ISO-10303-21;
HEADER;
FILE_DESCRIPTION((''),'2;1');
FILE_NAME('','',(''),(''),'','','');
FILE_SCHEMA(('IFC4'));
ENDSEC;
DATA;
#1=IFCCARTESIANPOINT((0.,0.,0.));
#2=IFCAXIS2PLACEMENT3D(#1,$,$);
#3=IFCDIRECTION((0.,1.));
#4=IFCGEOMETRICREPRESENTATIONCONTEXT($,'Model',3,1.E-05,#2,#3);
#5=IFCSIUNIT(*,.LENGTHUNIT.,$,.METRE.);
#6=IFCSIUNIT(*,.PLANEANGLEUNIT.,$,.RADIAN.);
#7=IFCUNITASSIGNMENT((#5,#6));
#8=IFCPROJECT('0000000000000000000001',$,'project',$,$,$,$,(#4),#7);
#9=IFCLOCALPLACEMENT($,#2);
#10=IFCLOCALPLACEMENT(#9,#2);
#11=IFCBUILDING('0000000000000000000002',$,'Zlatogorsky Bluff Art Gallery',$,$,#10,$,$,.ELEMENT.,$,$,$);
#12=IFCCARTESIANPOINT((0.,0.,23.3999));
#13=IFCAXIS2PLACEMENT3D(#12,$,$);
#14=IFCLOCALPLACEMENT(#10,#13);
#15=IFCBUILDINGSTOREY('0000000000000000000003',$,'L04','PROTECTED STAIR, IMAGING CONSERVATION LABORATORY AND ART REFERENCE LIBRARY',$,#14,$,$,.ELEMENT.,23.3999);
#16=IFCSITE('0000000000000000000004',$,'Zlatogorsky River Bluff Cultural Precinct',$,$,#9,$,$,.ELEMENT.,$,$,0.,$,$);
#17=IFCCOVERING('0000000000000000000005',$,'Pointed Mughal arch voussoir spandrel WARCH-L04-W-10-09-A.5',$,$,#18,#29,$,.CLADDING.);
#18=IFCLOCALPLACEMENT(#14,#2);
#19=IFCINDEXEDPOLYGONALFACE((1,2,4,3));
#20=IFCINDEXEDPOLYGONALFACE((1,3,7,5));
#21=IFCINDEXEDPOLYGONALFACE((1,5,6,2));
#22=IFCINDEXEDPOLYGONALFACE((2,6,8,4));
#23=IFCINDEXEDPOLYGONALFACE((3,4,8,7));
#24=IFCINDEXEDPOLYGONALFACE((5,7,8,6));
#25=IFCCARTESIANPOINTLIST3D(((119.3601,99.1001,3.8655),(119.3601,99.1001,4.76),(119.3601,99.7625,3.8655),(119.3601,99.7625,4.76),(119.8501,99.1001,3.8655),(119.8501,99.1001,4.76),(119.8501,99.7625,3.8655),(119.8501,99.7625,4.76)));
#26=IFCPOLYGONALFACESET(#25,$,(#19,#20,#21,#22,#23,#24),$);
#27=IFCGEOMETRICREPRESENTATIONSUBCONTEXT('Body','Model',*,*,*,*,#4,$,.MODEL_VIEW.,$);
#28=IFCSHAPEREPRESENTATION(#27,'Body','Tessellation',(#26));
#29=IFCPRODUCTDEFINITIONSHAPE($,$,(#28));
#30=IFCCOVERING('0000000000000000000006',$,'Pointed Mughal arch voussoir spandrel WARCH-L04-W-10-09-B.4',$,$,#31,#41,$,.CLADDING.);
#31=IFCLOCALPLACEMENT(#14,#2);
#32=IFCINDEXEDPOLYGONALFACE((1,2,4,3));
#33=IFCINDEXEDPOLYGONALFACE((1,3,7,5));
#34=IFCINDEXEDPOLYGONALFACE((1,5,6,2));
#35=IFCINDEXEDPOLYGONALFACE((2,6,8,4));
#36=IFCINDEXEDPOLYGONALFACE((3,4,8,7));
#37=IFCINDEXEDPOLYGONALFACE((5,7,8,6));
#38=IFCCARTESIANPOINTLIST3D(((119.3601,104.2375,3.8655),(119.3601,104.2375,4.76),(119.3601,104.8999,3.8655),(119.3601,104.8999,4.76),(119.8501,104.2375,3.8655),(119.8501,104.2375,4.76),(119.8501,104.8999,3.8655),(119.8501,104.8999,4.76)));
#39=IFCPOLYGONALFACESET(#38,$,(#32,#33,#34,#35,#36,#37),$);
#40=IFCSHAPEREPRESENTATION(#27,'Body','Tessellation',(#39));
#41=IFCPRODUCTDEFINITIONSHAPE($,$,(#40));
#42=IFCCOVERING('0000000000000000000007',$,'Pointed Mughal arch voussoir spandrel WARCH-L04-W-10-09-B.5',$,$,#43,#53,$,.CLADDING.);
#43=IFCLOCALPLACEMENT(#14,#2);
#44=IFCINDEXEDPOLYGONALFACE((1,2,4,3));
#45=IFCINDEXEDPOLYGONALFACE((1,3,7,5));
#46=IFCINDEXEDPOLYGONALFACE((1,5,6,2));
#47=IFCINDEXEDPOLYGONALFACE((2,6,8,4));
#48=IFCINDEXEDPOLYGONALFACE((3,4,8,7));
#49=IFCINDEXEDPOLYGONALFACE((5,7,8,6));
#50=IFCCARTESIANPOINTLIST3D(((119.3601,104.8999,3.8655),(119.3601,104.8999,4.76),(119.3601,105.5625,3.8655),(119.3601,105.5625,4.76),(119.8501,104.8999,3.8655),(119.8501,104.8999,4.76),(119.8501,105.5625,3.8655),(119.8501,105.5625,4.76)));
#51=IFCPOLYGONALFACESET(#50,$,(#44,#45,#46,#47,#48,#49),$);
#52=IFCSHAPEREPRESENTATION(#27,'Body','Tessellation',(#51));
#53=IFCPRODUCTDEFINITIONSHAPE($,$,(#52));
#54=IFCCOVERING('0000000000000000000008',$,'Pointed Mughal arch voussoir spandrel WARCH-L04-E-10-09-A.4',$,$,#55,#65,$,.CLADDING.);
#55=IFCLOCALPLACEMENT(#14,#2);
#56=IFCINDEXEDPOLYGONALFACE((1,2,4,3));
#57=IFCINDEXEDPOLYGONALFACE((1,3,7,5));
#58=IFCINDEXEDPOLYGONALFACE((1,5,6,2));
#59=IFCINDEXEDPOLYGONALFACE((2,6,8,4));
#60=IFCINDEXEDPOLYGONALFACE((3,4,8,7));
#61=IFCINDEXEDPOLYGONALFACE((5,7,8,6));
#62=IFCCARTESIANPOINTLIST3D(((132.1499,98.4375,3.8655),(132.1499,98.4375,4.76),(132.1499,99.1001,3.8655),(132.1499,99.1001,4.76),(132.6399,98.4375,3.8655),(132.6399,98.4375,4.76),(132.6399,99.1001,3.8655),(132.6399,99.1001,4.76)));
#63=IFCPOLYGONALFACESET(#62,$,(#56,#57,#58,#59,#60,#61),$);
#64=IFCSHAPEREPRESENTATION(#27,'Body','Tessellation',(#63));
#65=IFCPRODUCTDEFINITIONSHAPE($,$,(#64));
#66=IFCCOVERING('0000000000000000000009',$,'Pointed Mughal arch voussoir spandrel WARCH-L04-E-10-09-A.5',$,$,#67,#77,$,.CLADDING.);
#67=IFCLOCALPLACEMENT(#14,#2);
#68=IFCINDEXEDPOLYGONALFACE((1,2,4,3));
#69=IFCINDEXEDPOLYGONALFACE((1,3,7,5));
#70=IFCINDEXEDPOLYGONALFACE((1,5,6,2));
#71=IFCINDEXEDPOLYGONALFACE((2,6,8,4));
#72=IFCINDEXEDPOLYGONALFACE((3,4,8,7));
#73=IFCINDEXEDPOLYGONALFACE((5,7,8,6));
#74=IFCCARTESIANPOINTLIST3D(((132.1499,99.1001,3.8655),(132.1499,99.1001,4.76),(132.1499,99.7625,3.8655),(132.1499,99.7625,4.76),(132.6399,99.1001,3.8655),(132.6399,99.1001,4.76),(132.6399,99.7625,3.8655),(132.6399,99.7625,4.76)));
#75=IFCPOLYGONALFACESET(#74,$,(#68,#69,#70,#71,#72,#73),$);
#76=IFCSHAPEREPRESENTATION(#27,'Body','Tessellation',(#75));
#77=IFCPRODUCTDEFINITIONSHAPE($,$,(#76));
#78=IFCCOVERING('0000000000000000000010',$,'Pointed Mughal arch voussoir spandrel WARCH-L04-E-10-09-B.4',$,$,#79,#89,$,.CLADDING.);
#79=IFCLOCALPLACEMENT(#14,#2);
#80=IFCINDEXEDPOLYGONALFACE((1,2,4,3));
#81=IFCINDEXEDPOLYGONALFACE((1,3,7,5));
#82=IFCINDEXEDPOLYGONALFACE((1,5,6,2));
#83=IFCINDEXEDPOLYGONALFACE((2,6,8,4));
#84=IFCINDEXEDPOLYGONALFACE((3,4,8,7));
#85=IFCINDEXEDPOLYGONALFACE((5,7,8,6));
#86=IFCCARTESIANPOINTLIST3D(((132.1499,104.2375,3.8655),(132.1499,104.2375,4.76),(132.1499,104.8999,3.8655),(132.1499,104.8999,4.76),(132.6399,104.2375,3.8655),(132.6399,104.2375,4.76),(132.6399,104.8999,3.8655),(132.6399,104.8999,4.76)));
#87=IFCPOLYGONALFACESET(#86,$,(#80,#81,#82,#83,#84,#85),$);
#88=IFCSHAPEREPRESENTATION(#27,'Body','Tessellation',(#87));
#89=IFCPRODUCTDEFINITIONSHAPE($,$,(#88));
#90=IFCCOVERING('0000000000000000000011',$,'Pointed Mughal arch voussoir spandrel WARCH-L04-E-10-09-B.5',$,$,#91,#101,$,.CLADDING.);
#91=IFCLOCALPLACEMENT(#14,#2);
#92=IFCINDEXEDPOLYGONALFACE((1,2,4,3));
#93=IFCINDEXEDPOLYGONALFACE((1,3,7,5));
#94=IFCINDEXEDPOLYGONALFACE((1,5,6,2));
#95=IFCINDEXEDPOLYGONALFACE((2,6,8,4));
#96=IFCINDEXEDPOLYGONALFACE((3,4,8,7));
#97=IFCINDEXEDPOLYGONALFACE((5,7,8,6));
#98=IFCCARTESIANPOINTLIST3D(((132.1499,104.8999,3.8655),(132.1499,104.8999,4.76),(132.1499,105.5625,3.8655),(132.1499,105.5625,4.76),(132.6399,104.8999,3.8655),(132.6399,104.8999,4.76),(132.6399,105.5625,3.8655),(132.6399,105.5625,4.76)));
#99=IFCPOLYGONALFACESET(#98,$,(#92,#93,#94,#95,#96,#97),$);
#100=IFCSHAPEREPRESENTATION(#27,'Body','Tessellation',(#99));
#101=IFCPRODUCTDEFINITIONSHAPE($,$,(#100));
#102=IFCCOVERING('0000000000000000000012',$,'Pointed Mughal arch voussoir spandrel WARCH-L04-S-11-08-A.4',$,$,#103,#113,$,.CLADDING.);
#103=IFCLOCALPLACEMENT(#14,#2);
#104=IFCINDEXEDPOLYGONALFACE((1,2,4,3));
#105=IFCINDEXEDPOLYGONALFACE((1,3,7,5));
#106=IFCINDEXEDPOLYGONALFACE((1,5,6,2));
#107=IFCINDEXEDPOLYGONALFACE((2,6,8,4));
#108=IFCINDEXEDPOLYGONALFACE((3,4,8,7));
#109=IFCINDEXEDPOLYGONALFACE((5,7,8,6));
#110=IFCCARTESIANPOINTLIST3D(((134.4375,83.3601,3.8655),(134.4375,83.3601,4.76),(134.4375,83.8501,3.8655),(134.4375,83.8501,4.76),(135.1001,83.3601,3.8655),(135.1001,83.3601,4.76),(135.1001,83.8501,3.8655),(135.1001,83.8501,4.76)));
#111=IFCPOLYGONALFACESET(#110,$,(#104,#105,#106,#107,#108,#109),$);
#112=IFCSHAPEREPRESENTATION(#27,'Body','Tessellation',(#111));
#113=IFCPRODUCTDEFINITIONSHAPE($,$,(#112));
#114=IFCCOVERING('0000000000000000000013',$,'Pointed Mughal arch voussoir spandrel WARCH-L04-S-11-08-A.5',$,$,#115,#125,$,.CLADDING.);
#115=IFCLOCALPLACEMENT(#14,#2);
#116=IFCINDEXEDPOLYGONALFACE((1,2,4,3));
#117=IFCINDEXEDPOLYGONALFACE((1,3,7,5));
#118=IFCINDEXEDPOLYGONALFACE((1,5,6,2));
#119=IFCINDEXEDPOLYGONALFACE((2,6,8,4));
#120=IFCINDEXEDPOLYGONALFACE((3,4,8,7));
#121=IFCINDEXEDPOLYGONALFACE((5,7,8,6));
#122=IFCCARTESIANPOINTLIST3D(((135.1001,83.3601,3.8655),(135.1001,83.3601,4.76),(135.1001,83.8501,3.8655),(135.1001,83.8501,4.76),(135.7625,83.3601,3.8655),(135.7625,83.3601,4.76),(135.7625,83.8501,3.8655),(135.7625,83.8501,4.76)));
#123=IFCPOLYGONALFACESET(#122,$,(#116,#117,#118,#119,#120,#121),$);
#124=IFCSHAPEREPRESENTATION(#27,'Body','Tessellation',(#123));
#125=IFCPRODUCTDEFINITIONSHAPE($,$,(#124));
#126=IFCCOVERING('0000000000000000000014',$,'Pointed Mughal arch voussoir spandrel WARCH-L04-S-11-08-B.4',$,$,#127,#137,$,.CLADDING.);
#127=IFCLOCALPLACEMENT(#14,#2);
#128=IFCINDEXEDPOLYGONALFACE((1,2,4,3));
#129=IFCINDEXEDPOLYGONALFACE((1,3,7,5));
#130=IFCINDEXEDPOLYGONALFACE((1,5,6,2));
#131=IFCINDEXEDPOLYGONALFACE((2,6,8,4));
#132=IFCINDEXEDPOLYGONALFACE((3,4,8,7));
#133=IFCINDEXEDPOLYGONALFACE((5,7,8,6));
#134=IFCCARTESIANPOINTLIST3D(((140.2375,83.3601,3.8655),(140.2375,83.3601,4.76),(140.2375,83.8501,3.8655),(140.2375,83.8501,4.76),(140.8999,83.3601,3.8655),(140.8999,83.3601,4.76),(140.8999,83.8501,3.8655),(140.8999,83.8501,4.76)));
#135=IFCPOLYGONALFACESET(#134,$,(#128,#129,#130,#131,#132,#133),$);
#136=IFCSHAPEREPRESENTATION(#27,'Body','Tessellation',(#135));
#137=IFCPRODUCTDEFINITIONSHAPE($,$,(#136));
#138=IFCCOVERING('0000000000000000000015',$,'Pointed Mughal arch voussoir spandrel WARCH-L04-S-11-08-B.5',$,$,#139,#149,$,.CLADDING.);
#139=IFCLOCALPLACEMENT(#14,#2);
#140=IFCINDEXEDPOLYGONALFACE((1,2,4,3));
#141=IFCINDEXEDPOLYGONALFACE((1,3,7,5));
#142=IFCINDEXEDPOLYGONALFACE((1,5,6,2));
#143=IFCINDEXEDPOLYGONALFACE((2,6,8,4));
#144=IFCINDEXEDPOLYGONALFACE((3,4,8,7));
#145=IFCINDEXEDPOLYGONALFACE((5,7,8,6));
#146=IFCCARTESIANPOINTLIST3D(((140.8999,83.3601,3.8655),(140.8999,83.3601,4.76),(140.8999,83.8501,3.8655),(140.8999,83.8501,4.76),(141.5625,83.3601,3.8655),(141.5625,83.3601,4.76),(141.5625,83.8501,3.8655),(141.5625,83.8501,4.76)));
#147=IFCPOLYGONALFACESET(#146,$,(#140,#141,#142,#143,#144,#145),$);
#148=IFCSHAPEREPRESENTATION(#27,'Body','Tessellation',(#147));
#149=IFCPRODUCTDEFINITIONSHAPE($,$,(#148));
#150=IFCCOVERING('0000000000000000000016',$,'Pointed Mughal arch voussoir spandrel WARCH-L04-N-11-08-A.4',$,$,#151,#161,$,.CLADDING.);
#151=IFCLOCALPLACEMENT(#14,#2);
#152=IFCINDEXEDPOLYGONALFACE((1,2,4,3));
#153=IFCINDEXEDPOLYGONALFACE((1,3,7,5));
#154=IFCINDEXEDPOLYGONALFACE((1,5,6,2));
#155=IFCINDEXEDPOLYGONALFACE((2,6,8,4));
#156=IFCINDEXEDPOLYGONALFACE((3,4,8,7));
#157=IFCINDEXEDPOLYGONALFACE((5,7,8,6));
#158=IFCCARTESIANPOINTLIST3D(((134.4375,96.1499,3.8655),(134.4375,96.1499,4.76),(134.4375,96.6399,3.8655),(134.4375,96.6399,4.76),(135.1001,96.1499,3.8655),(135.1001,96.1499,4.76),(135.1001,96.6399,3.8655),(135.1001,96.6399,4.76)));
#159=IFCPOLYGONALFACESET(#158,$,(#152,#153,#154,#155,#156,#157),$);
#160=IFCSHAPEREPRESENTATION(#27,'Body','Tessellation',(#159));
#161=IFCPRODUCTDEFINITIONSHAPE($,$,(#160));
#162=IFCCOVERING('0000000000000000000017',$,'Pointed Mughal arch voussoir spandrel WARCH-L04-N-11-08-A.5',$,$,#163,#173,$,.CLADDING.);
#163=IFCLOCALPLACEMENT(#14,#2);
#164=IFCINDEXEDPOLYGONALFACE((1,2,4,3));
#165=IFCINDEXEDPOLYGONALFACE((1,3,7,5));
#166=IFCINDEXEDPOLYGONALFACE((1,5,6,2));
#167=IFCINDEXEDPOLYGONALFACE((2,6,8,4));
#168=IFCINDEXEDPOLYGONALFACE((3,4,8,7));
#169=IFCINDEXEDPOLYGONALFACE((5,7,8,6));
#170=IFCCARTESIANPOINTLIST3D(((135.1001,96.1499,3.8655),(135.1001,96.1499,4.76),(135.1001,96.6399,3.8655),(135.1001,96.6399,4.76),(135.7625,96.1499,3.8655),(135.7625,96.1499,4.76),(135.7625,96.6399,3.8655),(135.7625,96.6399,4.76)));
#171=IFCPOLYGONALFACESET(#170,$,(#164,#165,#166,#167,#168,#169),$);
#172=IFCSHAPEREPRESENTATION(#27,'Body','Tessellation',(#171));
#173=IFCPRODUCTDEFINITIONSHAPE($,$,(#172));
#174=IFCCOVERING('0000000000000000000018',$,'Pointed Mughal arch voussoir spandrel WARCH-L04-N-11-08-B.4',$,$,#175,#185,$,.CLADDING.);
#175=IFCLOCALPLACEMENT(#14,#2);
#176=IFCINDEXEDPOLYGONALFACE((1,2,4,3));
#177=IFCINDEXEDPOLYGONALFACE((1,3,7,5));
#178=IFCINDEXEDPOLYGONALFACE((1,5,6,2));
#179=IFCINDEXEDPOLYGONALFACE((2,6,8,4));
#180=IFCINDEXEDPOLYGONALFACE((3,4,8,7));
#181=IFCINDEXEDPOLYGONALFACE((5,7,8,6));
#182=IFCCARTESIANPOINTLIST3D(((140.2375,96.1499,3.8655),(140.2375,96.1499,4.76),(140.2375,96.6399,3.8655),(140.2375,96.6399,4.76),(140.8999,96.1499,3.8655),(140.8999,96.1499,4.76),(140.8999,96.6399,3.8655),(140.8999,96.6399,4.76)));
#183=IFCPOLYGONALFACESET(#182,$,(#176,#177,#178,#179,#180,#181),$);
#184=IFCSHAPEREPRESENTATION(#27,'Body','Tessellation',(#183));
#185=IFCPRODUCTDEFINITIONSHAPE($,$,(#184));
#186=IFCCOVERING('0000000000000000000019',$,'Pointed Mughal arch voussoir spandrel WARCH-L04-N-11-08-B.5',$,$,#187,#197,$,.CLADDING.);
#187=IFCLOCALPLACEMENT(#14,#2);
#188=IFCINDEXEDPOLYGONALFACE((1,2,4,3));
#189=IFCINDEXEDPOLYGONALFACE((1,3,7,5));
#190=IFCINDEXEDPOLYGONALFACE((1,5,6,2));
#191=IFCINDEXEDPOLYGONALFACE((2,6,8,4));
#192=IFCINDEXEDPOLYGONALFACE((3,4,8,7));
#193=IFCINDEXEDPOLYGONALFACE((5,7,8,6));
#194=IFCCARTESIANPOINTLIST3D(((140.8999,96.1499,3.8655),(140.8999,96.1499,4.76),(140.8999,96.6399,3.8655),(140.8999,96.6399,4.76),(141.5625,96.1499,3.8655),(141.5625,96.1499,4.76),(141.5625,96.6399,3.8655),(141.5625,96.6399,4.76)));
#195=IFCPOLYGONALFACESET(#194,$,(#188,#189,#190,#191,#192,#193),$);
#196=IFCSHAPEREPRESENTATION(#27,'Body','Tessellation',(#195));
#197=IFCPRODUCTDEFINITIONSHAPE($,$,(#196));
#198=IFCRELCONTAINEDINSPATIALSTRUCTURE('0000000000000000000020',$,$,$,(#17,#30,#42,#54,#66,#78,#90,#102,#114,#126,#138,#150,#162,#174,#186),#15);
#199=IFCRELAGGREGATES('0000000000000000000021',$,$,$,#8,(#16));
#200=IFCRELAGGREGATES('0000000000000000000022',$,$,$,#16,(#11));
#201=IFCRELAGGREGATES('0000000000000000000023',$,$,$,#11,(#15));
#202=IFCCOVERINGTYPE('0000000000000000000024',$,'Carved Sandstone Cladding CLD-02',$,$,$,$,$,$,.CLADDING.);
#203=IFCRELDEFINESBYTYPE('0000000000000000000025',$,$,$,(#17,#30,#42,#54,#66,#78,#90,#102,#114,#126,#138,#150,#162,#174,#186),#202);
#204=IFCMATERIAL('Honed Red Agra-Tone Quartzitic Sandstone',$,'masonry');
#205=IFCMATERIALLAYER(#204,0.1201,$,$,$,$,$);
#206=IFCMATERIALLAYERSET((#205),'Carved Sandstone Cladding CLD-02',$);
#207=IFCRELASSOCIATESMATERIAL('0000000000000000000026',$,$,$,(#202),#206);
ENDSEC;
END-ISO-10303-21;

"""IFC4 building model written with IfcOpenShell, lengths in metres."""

from ifc_helpers import new_model, si_unit, direction, frame, origin, place, context, subcontext, project, spatial, polyline, outline, extrude, material, layer, layer_set, type_object, element, save


model = new_model("IFC4")

# Units and contexts
model_context = context("Model", 3, precision=1e-05, world=origin(), true_north=direction((0.0, 1.0)))
body_context = subcontext(model_context, "Body", "Model", "MODEL_VIEW")
ifc_project = project(units=[si_unit("LENGTHUNIT", "METRE"), si_unit("PLANEANGLEUNIT", "RADIAN")], contexts=[model_context])

# Site, building, storey
site_placement = place(None, origin())
site = spatial("IfcSite", under=ifc_project, at=site_placement, Name="Zlatogorsky River Bluff Cultural Precinct", CompositionType="ELEMENT", RefElevation=0.0)
building_placement = place(site_placement, origin())
building = spatial("IfcBuilding", under=site, at=building_placement, Name="Zlatogorsky Bluff Art Gallery", CompositionType="ELEMENT")
storey_placement = place(building_placement, frame((0.0, 0.0, 23.3999)))
storey = spatial("IfcBuildingStorey", under=building, at=storey_placement, Name="L04", Description="PROTECTED STAIR, IMAGING CONSERVATION LABORATORY AND ART REFERENCE LIBRARY", CompositionType="ELEMENT", Elevation=23.3999)

# Coverings
ifc_material = material(Name="Honed Red Agra-Tone Quartzitic Sandstone", Category="masonry")
ifc_layer = layer(ifc_material, 0.1201)
ifc_layer_set = layer_set([ifc_layer], Name="Carved Sandstone Cladding CLD-02")
covering_type = type_object("IfcCoveringType", Name="Carved Sandstone Cladding CLD-02", PredefinedType="CLADDING", material=ifc_layer_set)
covering_1_placement = place(storey_placement, frame((0.0, 0.0, 3.8655)))
element("IfcCovering", 1, at=covering_1_placement, inside=storey, type_object=covering_type, Name="Pointed Mughal arch voussoir spandrel WARCH-L04-W-10-09-A.5", PredefinedType="CLADDING", context=body_context, shape_type="SweptSolid", body=[
    extrude(outline(polyline([(119.3601, 99.1001), (119.3601, 99.7625), (119.8501, 99.7625), (119.8501, 99.1001), (119.3601, 99.1001)])), origin(), (0.0, 0.0, 1.0), 0.8945),
])
covering_2_placement = place(storey_placement, frame((0.0, 0.0, 3.8655)))
element("IfcCovering", 2, at=covering_2_placement, inside=storey, type_object=covering_type, Name="Pointed Mughal arch voussoir spandrel WARCH-L04-W-10-09-B.4", PredefinedType="CLADDING", context=body_context, shape_type="SweptSolid", body=[
    extrude(outline(polyline([(119.3601, 104.2375), (119.3601, 104.8999), (119.8501, 104.8999), (119.8501, 104.2375), (119.3601, 104.2375)])), origin(), (0.0, 0.0, 1.0), 0.8945),
])
covering_3_placement = place(storey_placement, frame((0.0, 0.0, 3.8655)))
element("IfcCovering", 3, at=covering_3_placement, inside=storey, type_object=covering_type, Name="Pointed Mughal arch voussoir spandrel WARCH-L04-W-10-09-B.5", PredefinedType="CLADDING", context=body_context, shape_type="SweptSolid", body=[
    extrude(outline(polyline([(119.3601, 104.8999), (119.3601, 105.5625), (119.8501, 105.5625), (119.8501, 104.8999), (119.3601, 104.8999)])), origin(), (0.0, 0.0, 1.0), 0.8945),
])
covering_4_placement = place(storey_placement, frame((0.0, 0.0, 3.8655)))
element("IfcCovering", 4, at=covering_4_placement, inside=storey, type_object=covering_type, Name="Pointed Mughal arch voussoir spandrel WARCH-L04-E-10-09-A.4", PredefinedType="CLADDING", context=body_context, shape_type="SweptSolid", body=[
    extrude(outline(polyline([(132.1499, 98.4375), (132.1499, 99.1001), (132.6399, 99.1001), (132.6399, 98.4375), (132.1499, 98.4375)])), origin(), (0.0, 0.0, 1.0), 0.8945),
])
covering_5_placement = place(storey_placement, frame((0.0, 0.0, 3.8655)))
element("IfcCovering", 5, at=covering_5_placement, inside=storey, type_object=covering_type, Name="Pointed Mughal arch voussoir spandrel WARCH-L04-E-10-09-A.5", PredefinedType="CLADDING", context=body_context, shape_type="SweptSolid", body=[
    extrude(outline(polyline([(132.1499, 99.1001), (132.1499, 99.7625), (132.6399, 99.7625), (132.6399, 99.1001), (132.1499, 99.1001)])), origin(), (0.0, 0.0, 1.0), 0.8945),
])
covering_6_placement = place(storey_placement, frame((0.0, 0.0, 3.8655)))
element("IfcCovering", 6, at=covering_6_placement, inside=storey, type_object=covering_type, Name="Pointed Mughal arch voussoir spandrel WARCH-L04-E-10-09-B.4", PredefinedType="CLADDING", context=body_context, shape_type="SweptSolid", body=[
    extrude(outline(polyline([(132.1499, 104.2375), (132.1499, 104.8999), (132.6399, 104.8999), (132.6399, 104.2375), (132.1499, 104.2375)])), origin(), (0.0, 0.0, 1.0), 0.8945),
])
covering_7_placement = place(storey_placement, frame((0.0, 0.0, 3.8655)))
element("IfcCovering", 7, at=covering_7_placement, inside=storey, type_object=covering_type, Name="Pointed Mughal arch voussoir spandrel WARCH-L04-E-10-09-B.5", PredefinedType="CLADDING", context=body_context, shape_type="SweptSolid", body=[
    extrude(outline(polyline([(132.1499, 104.8999), (132.1499, 105.5625), (132.6399, 105.5625), (132.6399, 104.8999), (132.1499, 104.8999)])), origin(), (0.0, 0.0, 1.0), 0.8945),
])
covering_8_placement = place(storey_placement, frame((0.0, 0.0, 3.8655)))
element("IfcCovering", 8, at=covering_8_placement, inside=storey, type_object=covering_type, Name="Pointed Mughal arch voussoir spandrel WARCH-L04-S-11-08-A.4", PredefinedType="CLADDING", context=body_context, shape_type="SweptSolid", body=[
    extrude(outline(polyline([(134.4375, 83.3601), (135.1001, 83.3601), (135.1001, 83.8501), (134.4375, 83.8501), (134.4375, 83.3601)])), origin(), (0.0, 0.0, 1.0), 0.8945),
])
covering_9_placement = place(storey_placement, frame((0.0, 0.0, 3.8655)))
element("IfcCovering", 9, at=covering_9_placement, inside=storey, type_object=covering_type, Name="Pointed Mughal arch voussoir spandrel WARCH-L04-S-11-08-A.5", PredefinedType="CLADDING", context=body_context, shape_type="SweptSolid", body=[
    extrude(outline(polyline([(135.1001, 83.3601), (135.7625, 83.3601), (135.7625, 83.8501), (135.1001, 83.8501), (135.1001, 83.3601)])), origin(), (0.0, 0.0, 1.0), 0.8945),
])
covering_10_placement = place(storey_placement, frame((0.0, 0.0, 3.8655)))
element("IfcCovering", 10, at=covering_10_placement, inside=storey, type_object=covering_type, Name="Pointed Mughal arch voussoir spandrel WARCH-L04-S-11-08-B.4", PredefinedType="CLADDING", context=body_context, shape_type="SweptSolid", body=[
    extrude(outline(polyline([(140.2375, 83.3601), (140.8999, 83.3601), (140.8999, 83.8501), (140.2375, 83.8501), (140.2375, 83.3601)])), origin(), (0.0, 0.0, 1.0), 0.8945),
])
covering_11_placement = place(storey_placement, frame((0.0, 0.0, 3.8655)))
element("IfcCovering", 11, at=covering_11_placement, inside=storey, type_object=covering_type, Name="Pointed Mughal arch voussoir spandrel WARCH-L04-S-11-08-B.5", PredefinedType="CLADDING", context=body_context, shape_type="SweptSolid", body=[
    extrude(outline(polyline([(140.8999, 83.3601), (141.5625, 83.3601), (141.5625, 83.8501), (140.8999, 83.8501), (140.8999, 83.3601)])), origin(), (0.0, 0.0, 1.0), 0.8945),
])
covering_12_placement = place(storey_placement, frame((0.0, 0.0, 3.8655)))
element("IfcCovering", 12, at=covering_12_placement, inside=storey, type_object=covering_type, Name="Pointed Mughal arch voussoir spandrel WARCH-L04-N-11-08-A.4", PredefinedType="CLADDING", context=body_context, shape_type="SweptSolid", body=[
    extrude(outline(polyline([(134.4375, 96.1499), (135.1001, 96.1499), (135.1001, 96.6399), (134.4375, 96.6399), (134.4375, 96.1499)])), origin(), (0.0, 0.0, 1.0), 0.8945),
])
covering_13_placement = place(storey_placement, frame((0.0, 0.0, 3.8655)))
element("IfcCovering", 13, at=covering_13_placement, inside=storey, type_object=covering_type, Name="Pointed Mughal arch voussoir spandrel WARCH-L04-N-11-08-A.5", PredefinedType="CLADDING", context=body_context, shape_type="SweptSolid", body=[
    extrude(outline(polyline([(135.1001, 96.1499), (135.7625, 96.1499), (135.7625, 96.6399), (135.1001, 96.6399), (135.1001, 96.1499)])), origin(), (0.0, 0.0, 1.0), 0.8945),
])
covering_14_placement = place(storey_placement, frame((0.0, 0.0, 3.8655)))
element("IfcCovering", 14, at=covering_14_placement, inside=storey, type_object=covering_type, Name="Pointed Mughal arch voussoir spandrel WARCH-L04-N-11-08-B.4", PredefinedType="CLADDING", context=body_context, shape_type="SweptSolid", body=[
    extrude(outline(polyline([(140.2375, 96.1499), (140.8999, 96.1499), (140.8999, 96.6399), (140.2375, 96.6399), (140.2375, 96.1499)])), origin(), (0.0, 0.0, 1.0), 0.8945),
])
covering_15_placement = place(storey_placement, frame((0.0, 0.0, 3.8655)))
element("IfcCovering", 15, at=covering_15_placement, inside=storey, type_object=covering_type, Name="Pointed Mughal arch voussoir spandrel WARCH-L04-N-11-08-B.5", PredefinedType="CLADDING", context=body_context, shape_type="SweptSolid", body=[
    extrude(outline(polyline([(140.8999, 96.1499), (141.5625, 96.1499), (141.5625, 96.6399), (140.8999, 96.6399), (140.8999, 96.1499)])), origin(), (0.0, 0.0, 1.0), 0.8945),
])

save(model, "model.ifc")
